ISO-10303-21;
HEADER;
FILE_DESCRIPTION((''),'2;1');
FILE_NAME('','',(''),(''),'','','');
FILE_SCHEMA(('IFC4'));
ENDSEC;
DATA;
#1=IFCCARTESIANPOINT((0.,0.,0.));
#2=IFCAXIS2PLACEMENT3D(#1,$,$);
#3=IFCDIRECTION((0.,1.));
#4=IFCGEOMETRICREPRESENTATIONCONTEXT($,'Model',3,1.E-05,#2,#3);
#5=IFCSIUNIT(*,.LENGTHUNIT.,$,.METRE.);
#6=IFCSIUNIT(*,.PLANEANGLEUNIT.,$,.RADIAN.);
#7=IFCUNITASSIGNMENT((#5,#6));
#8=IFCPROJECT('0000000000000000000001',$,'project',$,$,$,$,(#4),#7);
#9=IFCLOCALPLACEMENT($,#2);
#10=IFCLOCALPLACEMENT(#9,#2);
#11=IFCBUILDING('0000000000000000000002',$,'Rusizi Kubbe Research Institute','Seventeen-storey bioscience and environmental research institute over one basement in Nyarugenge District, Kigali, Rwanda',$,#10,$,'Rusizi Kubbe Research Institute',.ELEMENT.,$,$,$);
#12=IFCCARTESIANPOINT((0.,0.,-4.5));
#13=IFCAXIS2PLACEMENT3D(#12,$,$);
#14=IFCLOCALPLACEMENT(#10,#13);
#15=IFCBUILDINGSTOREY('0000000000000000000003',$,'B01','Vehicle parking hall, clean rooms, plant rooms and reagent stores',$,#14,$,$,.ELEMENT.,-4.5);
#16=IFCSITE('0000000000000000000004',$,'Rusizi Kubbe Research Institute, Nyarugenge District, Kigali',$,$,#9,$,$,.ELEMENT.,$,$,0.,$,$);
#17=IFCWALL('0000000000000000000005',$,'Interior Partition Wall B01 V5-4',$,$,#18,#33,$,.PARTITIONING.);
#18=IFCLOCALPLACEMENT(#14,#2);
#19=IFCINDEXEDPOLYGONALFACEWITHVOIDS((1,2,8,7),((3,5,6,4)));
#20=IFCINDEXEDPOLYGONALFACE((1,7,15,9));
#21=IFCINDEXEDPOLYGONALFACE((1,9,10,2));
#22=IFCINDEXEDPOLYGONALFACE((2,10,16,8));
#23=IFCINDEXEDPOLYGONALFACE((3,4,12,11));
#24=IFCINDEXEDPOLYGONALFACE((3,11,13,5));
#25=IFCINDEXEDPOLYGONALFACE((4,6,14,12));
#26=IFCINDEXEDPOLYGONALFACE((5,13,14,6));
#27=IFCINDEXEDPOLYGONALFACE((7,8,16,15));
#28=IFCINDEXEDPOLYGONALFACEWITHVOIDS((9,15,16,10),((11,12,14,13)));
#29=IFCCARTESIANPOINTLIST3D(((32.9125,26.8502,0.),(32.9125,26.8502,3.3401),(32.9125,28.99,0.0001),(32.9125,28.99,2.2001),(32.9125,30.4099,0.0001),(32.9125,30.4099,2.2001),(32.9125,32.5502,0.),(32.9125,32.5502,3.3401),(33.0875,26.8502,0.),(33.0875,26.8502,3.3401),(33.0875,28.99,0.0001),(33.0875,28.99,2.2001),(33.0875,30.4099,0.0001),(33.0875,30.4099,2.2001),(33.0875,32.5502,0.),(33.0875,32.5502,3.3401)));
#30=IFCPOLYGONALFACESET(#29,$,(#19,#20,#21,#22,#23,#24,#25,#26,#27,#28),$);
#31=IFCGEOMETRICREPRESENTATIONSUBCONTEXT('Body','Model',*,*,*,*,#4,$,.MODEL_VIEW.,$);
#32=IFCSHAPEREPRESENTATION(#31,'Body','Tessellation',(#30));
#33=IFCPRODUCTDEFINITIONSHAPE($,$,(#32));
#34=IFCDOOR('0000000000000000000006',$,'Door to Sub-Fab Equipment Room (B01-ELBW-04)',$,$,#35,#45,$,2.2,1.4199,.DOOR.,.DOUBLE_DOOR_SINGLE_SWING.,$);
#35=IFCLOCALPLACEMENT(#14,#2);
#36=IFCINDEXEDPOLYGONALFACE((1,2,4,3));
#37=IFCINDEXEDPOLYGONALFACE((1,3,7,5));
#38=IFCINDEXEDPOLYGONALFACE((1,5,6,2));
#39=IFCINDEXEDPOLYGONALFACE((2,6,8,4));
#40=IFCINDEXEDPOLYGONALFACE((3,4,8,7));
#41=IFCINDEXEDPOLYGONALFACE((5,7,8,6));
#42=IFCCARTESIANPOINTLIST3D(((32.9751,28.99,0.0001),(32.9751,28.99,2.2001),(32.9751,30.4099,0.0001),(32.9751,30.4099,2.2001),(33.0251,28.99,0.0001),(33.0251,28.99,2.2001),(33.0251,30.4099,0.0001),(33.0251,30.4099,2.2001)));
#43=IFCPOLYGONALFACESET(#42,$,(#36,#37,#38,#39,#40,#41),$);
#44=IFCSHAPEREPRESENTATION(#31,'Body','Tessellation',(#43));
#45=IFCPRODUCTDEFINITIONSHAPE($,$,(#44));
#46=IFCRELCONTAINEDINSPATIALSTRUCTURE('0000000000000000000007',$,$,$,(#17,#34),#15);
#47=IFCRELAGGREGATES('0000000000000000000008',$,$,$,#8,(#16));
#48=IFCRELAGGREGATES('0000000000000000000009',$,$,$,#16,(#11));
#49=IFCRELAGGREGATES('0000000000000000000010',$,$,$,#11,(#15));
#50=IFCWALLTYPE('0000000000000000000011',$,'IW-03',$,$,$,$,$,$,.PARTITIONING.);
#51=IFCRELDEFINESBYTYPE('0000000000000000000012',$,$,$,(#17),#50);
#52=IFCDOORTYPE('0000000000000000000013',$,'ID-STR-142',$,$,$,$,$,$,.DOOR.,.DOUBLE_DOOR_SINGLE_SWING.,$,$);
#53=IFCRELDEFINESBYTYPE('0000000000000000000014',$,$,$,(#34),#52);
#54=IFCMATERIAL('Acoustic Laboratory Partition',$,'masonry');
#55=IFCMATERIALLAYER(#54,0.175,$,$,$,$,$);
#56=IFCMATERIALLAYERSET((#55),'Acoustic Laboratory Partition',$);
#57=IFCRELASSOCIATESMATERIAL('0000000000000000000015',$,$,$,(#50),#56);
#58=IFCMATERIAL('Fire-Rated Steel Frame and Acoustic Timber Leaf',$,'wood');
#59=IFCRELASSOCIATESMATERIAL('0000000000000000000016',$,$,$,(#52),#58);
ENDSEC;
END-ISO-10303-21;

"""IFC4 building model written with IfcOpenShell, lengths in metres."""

from ifc_helpers import new_model, si_unit, direction, frame, frame_2d, origin, place, context, subcontext, project, spatial, rectangle, extrude, material, layer, layer_set, type_object, element, fill, save


model = new_model("IFC4")

# Units and contexts
model_context = context("Model", 3, precision=1e-05, world=origin(), true_north=direction((0.0, 1.0)))
body_context = subcontext(model_context, "Body", "Model", "MODEL_VIEW")
ifc_project = project(units=[si_unit("LENGTHUNIT", "METRE"), si_unit("PLANEANGLEUNIT", "RADIAN")], contexts=[model_context])

# Site, building, storey
site_placement = place(None, origin())
site = spatial("IfcSite", under=ifc_project, at=site_placement, Name="Rusizi Kubbe Research Institute, Nyarugenge District, Kigali", CompositionType="ELEMENT", RefElevation=0.0)
building_placement = place(site_placement, origin())
building = spatial("IfcBuilding", under=site, at=building_placement, Name="Rusizi Kubbe Research Institute", Description="Seventeen-storey bioscience and environmental research institute over one basement in Nyarugenge District, Kigali, Rwanda", LongName="Rusizi Kubbe Research Institute", CompositionType="ELEMENT")
storey_placement = place(building_placement, frame((0.0, 0.0, -4.5)))
storey = spatial("IfcBuildingStorey", under=building, at=storey_placement, Name="B01", Description="Vehicle parking hall, clean rooms, plant rooms and reagent stores", CompositionType="ELEMENT", Elevation=-4.5)

# Shared definitions
ifc_material_1 = material(Name="Acoustic Laboratory Partition", Category="masonry")
ifc_layer_1 = layer(ifc_material_1, 0.175)
ifc_layer_set_1 = layer_set([ifc_layer_1], Name="Acoustic Laboratory Partition")
wall_type_1 = type_object("IfcWallType", Name="IW-03", PredefinedType="PARTITIONING", material=ifc_layer_set_1)

# Wall, opening, door
wall_1_placement = place(storey_placement, frame((33.0, 26.8501, 0.0), z_axis=(0.0, 0.0, 1.0), x_axis=(0.0, 1.0, 0.0)))
wall_1 = element("IfcWall", 1, at=wall_1_placement, inside=storey, type_object=wall_type_1, Name="Interior Partition Wall B01 V5-4", PredefinedType="PARTITIONING", context=body_context, shape_type="SweptSolid", body=[
    extrude(rectangle(XDim=5.7, YDim=0.175, at=frame_2d((2.8501, 0.0))), origin(), (0.0, 0.0, 1.0), 3.3401),
])
opening_placement = place(wall_1_placement, frame((2.1399, 0.0, 0.0)))
opening = element("IfcOpeningElement", 2, at=opening_placement, cuts=wall_1, PredefinedType="OPENING", context=body_context, shape_type="SweptSolid", body=[
    extrude(rectangle(XDim=1.4199, YDim=2.2, at=frame_2d((0.71, 1.1001))), frame((0.0, 0.0974, 0.0), z_axis=(0.0, -1.0, 0.0), x_axis=(1.0, 0.0, 0.0)), (0.0, 0.0, 1.0), 0.1951),
])
ifc_material_2 = material(Name="Fire-Rated Steel Frame and Acoustic Timber Leaf", Category="wood")
door_type = type_object("IfcDoorType", Name="ID-STR-142", OperationType="DOUBLE_DOOR_SINGLE_SWING", PredefinedType="DOOR", material=ifc_material_2)
door_placement = place(opening_placement, origin())
door = element("IfcDoor", 3, at=door_placement, inside=storey, type_object=door_type, Name="Door to Sub-Fab Equipment Room (B01-ELBW-04)", OperationType="DOUBLE_DOOR_SINGLE_SWING", OverallHeight=2.2, OverallWidth=1.4199, PredefinedType="DOOR", context=body_context, shape_type="SweptSolid", body=[
    extrude(rectangle(XDim=1.4199, YDim=2.2, at=frame_2d((0.71, 1.1001))), frame((0.0, 0.0249, 0.0), z_axis=(0.0, -1.0, 0.0), x_axis=(1.0, 0.0, 0.0)), (0.0, 0.0, 1.0), 0.05),
])
fill(opening, door)

save(model, "model.ifc")
